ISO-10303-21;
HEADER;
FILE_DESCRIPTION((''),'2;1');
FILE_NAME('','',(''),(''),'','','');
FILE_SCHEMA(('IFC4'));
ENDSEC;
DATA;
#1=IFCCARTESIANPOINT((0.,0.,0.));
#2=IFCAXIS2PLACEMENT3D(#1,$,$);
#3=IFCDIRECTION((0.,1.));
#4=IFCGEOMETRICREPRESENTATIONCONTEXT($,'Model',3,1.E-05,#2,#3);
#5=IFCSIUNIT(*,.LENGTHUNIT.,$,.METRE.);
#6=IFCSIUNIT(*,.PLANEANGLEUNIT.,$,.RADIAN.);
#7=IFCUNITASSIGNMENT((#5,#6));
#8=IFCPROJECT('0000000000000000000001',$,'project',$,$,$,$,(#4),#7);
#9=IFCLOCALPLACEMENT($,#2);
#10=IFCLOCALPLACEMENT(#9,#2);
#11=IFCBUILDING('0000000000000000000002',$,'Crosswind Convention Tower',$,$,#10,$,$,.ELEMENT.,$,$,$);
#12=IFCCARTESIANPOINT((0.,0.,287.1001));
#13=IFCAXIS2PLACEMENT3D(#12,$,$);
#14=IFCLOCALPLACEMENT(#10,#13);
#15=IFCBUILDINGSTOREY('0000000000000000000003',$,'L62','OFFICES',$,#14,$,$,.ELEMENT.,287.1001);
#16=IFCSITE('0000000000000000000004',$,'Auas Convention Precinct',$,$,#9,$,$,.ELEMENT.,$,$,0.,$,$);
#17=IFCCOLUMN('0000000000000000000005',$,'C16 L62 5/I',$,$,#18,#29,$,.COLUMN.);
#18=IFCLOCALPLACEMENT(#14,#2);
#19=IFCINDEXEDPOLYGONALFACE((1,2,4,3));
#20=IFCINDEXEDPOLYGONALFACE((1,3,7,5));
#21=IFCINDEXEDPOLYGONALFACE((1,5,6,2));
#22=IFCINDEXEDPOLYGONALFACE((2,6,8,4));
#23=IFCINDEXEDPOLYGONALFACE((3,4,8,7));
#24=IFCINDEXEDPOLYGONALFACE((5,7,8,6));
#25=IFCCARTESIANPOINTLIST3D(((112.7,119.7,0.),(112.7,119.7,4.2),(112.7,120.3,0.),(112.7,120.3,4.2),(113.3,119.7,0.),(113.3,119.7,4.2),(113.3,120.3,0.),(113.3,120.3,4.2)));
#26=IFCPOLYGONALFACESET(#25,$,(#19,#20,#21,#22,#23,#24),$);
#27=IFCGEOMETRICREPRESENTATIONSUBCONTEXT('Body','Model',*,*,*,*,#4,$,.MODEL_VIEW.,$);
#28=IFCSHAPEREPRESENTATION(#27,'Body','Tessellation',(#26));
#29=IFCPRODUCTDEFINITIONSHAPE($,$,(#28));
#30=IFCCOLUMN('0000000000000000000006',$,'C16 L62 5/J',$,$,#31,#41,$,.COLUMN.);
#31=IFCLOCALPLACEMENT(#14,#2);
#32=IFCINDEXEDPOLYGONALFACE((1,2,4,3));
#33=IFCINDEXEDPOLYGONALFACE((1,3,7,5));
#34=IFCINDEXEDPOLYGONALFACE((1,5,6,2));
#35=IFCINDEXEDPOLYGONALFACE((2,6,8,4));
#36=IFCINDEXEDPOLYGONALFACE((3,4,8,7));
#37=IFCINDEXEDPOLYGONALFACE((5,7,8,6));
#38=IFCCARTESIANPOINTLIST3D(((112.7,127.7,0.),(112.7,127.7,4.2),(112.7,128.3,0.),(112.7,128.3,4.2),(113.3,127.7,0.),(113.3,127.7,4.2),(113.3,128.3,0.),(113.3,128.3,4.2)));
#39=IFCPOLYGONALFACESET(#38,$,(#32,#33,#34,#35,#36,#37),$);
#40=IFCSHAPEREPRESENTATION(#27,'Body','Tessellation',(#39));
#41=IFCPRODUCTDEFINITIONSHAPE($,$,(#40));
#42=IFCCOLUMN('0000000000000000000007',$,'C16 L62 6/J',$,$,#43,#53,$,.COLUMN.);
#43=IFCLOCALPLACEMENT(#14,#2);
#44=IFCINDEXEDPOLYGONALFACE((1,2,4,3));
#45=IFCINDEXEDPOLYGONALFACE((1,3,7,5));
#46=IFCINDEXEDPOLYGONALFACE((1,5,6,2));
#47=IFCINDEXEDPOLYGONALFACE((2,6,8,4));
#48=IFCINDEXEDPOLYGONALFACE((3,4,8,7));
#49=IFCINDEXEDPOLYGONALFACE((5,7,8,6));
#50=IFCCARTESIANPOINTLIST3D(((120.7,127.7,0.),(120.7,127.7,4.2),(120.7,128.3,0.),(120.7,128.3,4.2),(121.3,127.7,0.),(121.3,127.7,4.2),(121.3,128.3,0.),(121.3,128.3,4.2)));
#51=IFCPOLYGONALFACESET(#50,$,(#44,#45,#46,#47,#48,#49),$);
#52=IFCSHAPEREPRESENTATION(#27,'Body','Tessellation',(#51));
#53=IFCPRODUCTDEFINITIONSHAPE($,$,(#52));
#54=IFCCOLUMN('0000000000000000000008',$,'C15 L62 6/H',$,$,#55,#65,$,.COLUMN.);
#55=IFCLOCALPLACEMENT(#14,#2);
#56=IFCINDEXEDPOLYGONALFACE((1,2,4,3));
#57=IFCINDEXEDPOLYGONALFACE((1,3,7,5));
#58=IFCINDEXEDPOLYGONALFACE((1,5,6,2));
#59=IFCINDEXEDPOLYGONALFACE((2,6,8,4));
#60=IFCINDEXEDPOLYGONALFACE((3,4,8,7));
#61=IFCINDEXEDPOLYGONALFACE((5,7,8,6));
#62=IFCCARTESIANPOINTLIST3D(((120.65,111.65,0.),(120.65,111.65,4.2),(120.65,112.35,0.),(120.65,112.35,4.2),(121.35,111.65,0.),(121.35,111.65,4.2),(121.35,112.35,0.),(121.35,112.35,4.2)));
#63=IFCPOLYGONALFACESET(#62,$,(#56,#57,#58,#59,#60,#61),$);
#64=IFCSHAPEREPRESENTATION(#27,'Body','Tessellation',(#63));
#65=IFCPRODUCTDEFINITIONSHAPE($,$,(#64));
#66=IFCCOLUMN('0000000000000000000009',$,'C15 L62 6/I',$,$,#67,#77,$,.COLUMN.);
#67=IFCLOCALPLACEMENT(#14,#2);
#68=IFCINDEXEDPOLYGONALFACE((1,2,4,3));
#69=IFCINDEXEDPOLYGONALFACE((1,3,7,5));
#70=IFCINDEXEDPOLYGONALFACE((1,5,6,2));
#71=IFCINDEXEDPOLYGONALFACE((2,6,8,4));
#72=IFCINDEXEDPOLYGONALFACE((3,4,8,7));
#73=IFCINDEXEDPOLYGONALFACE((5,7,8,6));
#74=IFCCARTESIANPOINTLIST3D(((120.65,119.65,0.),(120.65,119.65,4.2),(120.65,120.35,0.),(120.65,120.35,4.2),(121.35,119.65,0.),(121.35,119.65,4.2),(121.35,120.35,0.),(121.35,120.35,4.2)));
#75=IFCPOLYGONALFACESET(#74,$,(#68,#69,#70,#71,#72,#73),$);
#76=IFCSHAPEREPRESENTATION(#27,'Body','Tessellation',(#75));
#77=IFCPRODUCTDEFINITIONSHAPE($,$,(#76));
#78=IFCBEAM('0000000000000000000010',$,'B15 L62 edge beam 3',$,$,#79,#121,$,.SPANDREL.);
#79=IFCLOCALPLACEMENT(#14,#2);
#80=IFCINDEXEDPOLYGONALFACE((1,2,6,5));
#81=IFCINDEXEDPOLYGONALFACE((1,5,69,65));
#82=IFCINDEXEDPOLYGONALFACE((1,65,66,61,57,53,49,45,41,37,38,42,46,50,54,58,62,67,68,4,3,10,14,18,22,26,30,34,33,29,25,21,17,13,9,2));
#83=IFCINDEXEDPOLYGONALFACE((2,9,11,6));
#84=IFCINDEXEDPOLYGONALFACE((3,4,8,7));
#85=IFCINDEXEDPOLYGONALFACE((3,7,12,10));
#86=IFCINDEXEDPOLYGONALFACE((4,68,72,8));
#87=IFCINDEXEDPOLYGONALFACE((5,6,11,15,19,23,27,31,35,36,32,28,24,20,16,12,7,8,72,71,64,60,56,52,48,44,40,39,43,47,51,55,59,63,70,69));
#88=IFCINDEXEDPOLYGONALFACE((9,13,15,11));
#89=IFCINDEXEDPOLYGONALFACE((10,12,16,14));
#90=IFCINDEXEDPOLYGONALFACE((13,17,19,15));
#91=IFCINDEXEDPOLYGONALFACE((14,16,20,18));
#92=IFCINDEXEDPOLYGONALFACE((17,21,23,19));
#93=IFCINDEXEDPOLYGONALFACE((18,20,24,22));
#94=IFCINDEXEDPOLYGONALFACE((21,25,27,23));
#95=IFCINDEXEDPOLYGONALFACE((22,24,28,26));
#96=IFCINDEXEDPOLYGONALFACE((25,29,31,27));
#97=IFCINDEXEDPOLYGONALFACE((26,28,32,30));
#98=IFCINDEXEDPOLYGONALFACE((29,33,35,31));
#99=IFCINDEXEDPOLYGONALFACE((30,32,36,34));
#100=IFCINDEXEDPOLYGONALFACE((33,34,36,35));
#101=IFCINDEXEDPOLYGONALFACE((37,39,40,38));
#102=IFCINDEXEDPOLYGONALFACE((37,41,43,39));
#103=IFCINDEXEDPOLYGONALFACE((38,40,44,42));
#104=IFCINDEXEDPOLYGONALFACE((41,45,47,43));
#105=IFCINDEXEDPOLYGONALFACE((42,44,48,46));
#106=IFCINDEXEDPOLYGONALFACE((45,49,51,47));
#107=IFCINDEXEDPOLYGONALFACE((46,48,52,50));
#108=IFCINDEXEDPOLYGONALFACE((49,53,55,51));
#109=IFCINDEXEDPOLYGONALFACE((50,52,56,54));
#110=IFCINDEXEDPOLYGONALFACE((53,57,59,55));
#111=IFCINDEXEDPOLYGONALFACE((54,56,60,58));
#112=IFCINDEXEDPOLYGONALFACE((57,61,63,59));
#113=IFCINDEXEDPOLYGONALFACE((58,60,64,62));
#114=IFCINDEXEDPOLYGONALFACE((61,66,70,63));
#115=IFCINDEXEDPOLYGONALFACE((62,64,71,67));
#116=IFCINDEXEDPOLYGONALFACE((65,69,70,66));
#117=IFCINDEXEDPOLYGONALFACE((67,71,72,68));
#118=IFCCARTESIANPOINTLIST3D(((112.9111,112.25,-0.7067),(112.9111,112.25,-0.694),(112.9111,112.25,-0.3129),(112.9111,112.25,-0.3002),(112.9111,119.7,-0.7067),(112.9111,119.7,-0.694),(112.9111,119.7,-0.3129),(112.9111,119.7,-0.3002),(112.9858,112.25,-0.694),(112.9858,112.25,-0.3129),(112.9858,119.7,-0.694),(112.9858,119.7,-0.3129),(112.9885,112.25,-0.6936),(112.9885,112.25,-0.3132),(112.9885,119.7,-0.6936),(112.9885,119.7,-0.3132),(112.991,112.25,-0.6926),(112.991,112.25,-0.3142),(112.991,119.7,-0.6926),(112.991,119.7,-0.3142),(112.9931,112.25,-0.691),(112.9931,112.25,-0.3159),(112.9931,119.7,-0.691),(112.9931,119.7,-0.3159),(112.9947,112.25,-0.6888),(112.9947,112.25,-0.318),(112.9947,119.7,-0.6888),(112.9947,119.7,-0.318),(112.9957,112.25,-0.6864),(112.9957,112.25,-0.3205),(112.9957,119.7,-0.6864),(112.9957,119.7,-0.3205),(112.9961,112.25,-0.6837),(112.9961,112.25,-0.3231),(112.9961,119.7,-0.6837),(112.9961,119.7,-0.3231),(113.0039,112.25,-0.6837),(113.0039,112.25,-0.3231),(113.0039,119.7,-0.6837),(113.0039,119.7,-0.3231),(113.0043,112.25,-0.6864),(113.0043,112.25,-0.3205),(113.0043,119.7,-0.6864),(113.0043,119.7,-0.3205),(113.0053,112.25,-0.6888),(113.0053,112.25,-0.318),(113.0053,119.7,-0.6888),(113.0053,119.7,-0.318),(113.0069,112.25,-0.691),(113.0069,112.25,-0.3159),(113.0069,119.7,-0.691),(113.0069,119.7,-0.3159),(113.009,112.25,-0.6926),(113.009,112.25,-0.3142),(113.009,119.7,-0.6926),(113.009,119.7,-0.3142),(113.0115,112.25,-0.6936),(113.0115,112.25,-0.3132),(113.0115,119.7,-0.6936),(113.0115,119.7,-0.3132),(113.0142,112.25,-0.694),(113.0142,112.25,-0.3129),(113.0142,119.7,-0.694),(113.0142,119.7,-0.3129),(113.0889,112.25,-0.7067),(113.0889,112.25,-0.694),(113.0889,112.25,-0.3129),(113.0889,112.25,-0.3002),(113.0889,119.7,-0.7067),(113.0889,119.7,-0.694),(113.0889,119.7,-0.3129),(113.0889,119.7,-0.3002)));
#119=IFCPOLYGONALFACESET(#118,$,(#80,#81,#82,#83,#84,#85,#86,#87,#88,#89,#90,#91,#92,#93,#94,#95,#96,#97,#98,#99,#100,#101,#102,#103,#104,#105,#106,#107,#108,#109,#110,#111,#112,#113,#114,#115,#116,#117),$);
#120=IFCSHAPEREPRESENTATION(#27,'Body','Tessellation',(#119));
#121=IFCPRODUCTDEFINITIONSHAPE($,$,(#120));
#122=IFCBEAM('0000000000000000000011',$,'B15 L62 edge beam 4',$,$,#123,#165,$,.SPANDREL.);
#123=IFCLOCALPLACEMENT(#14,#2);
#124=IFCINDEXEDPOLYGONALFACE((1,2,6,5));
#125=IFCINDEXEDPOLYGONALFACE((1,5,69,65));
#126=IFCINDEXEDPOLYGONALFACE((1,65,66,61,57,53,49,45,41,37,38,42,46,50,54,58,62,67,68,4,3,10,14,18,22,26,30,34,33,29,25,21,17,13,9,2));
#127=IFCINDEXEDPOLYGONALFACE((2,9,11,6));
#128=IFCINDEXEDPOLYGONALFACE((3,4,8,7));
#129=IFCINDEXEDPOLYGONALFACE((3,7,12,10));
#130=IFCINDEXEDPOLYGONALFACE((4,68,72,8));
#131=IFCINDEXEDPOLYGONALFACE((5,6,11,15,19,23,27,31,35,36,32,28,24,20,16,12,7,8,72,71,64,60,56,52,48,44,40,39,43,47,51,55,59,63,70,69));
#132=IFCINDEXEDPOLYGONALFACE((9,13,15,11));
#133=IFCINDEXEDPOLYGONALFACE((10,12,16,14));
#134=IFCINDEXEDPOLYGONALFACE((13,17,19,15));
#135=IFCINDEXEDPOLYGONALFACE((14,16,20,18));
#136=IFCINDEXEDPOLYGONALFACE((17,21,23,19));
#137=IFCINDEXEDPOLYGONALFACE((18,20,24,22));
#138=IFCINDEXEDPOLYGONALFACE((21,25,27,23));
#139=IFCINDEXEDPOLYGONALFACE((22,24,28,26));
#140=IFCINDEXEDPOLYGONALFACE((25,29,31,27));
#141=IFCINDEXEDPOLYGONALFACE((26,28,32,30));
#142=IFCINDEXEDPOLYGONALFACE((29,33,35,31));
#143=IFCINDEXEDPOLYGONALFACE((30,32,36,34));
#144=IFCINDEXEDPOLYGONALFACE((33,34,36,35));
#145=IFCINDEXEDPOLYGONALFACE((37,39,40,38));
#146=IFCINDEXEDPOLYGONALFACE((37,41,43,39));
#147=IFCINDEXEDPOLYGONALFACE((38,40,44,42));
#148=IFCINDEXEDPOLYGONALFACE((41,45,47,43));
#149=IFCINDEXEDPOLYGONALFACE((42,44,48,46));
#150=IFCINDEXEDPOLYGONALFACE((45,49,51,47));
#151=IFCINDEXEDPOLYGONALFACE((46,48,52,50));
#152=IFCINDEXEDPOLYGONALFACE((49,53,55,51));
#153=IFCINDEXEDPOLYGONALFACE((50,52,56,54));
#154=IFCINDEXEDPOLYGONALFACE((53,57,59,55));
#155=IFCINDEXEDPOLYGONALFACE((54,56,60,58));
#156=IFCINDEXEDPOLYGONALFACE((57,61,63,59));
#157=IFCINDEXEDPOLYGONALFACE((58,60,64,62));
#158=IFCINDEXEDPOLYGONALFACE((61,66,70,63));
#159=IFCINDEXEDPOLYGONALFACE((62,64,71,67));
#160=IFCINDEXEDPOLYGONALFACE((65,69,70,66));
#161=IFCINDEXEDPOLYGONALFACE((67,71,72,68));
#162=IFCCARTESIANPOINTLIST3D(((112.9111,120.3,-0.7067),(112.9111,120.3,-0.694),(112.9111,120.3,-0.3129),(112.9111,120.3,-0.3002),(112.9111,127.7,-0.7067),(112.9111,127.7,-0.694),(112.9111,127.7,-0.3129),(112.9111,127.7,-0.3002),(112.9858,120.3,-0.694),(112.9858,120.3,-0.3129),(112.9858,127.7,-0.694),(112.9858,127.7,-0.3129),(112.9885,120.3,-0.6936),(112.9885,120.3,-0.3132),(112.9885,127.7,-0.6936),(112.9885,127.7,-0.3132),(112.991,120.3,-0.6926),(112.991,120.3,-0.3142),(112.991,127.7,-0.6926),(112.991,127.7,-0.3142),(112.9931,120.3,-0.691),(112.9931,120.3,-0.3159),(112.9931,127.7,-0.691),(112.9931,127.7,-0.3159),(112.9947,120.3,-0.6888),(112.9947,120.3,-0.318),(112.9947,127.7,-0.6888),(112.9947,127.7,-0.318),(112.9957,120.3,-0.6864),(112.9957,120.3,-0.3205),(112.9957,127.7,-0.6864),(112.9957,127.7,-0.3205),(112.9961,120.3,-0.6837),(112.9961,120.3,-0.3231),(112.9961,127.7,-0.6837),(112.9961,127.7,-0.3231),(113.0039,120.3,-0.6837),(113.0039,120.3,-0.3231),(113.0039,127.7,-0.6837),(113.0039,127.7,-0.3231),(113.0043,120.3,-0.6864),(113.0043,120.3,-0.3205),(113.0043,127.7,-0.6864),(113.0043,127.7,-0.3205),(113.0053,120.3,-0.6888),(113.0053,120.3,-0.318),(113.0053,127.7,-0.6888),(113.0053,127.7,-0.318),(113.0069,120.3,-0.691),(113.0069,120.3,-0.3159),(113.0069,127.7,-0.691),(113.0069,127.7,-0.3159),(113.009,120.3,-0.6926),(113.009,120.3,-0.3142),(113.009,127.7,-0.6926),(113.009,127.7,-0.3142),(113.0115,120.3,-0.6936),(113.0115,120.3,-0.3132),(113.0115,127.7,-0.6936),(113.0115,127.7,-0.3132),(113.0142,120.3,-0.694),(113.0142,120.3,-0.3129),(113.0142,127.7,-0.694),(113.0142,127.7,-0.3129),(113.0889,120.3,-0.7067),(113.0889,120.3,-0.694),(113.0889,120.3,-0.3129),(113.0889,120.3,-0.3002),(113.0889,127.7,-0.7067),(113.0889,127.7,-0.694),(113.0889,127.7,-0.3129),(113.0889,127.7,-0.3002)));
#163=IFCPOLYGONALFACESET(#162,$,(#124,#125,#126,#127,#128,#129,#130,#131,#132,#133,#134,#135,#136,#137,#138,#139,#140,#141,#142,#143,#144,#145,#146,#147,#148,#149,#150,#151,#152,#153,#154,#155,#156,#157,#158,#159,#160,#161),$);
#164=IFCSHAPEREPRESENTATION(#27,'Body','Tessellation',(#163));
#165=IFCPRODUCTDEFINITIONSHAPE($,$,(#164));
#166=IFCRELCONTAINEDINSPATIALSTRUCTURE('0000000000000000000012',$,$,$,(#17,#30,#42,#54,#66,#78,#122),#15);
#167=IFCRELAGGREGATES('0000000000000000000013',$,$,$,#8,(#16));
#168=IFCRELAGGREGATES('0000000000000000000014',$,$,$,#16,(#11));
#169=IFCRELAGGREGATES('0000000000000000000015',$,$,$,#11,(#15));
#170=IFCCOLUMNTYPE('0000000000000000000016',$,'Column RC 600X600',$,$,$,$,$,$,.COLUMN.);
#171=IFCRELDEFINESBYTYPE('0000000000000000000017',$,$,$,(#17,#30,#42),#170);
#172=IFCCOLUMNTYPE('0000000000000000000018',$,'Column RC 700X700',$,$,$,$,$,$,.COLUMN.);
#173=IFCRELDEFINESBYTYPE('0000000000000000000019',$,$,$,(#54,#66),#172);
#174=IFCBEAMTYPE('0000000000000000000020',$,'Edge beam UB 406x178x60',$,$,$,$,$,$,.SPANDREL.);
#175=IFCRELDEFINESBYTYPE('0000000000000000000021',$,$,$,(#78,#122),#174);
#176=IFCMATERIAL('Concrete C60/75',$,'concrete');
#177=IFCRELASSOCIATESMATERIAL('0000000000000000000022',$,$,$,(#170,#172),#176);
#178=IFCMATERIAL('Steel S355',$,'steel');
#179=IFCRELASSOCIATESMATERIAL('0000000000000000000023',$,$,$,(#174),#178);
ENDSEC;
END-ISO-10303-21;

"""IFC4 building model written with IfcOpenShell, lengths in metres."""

from ifc_helpers import new_model, si_unit, direction, frame, origin, origin_2d, place, context, subcontext, project, spatial, rectangle, i_section, extrude, material, material_profile, profile_set, type_object, element, save


model = new_model("IFC4")

# Units and contexts
model_context = context("Model", 3, precision=1e-05, world=origin(), true_north=direction((0.0, 1.0)))
body_context = subcontext(model_context, "Body", "Model", "MODEL_VIEW")
ifc_project = project(units=[si_unit("LENGTHUNIT", "METRE"), si_unit("PLANEANGLEUNIT", "RADIAN")], contexts=[model_context])

# Site, building, storey
site_placement = place(None, origin())
site = spatial("IfcSite", under=ifc_project, at=site_placement, Name="Auas Convention Precinct", CompositionType="ELEMENT", RefElevation=0.0)
building_placement = place(site_placement, origin())
building = spatial("IfcBuilding", under=site, at=building_placement, Name="Crosswind Convention Tower", CompositionType="ELEMENT")
storey_placement = place(building_placement, frame((0.0, 0.0, 287.1001)))
storey = spatial("IfcBuildingStorey", under=building, at=storey_placement, Name="L62", Description="OFFICES", CompositionType="ELEMENT", Elevation=287.1001)

# Columns
ifc_material_1 = material(Name="Concrete C60/75", Category="concrete")
ifc_material_profile_1 = material_profile(ifc_material_1, rectangle(XDim=0.6001, YDim=0.6001, at=origin_2d()), Name="RC 600X600")
ifc_profile_set_1 = profile_set([ifc_material_profile_1], Name="Concrete C60/75")
column_type_1 = type_object("IfcColumnType", Name="Column RC 600X600", PredefinedType="COLUMN", material=ifc_profile_set_1)
for number, where, z_axis, x_axis, name in (
    (1, (113.0, 120.0, 0.0), (0.0, 0.0, 1.0), (1.0, 0.0, 0.0), "C16 L62 5/I"),
    (2, (113.0, 128.0, 0.0), (0.0, 0.0, 1.0), (1.0, 0.0, 0.0), "C16 L62 5/J"),
    (3, (121.0, 128.0, 0.0), (0.0, 0.0, 1.0), (1.0, 0.0, 0.0), "C16 L62 6/J"),
):
    element("IfcColumn", number, at=place(storey_placement, frame(where, z_axis=z_axis, x_axis=x_axis)), inside=storey, type_object=column_type_1, Name=name, PredefinedType="COLUMN", context=body_context, shape_type="SweptSolid", body=[
        extrude(rectangle(XDim=0.6001, YDim=0.6001, at=origin_2d()), origin(), (0.0, 0.0, 1.0), 4.2),
    ])
ifc_material_profile_2 = material_profile(ifc_material_1, rectangle(XDim=0.7, YDim=0.7, at=origin_2d()), Name="RC 700X700")
ifc_profile_set_2 = profile_set([ifc_material_profile_2], Name="Concrete C60/75")
column_type_2 = type_object("IfcColumnType", Name="Column RC 700X700", PredefinedType="COLUMN", material=ifc_profile_set_2)
for number, where, z_axis, x_axis, name in (
    (4, (121.0, 112.0, 0.0), (0.0, 0.0, 1.0), (1.0, 0.0, 0.0), "C15 L62 6/H"),
    (5, (121.0, 120.0, 0.0), (0.0, 0.0, 1.0), (1.0, 0.0, 0.0), "C15 L62 6/I"),
):
    element("IfcColumn", number, at=place(storey_placement, frame(where, z_axis=z_axis, x_axis=x_axis)), inside=storey, type_object=column_type_2, Name=name, PredefinedType="COLUMN", context=body_context, shape_type="SweptSolid", body=[
        extrude(rectangle(XDim=0.7, YDim=0.7, at=origin_2d()), origin(), (0.0, 0.0, 1.0), 4.2),
    ])

# Beams
ifc_material_2 = material(Name="Steel S355", Category="steel")
ifc_material_profile_3 = material_profile(ifc_material_2, i_section(OverallWidth=0.1777, OverallDepth=0.4065, WebThickness=0.0078, FlangeThickness=0.0127, FilletRadius=0.0103, at=origin_2d()), Name="UB 406x178x60")
ifc_profile_set_3 = profile_set([ifc_material_profile_3], Name="Steel S355")
beam_type_1 = type_object("IfcBeamType", Name="Edge beam UB 406x178x60", PredefinedType="SPANDREL", material=ifc_profile_set_3)
beam_1_placement = place(storey_placement, frame((113.0, 112.25, -0.5034), z_axis=(0.0, 1.0, 0.0), x_axis=(-1.0, 0.0, 0.0)))
element("IfcBeam", 6, at=beam_1_placement, inside=storey, type_object=beam_type_1, Name="B15 L62 edge beam 3", PredefinedType="SPANDREL", context=body_context, shape_type="SweptSolid", body=[
    extrude(i_section(OverallWidth=0.1777, OverallDepth=0.4065, WebThickness=0.0078, FlangeThickness=0.0127, FilletRadius=0.0103, at=origin_2d()), origin(), (0.0, 0.0, 1.0), 7.45),
])
for number, where, z_axis, x_axis, name in (
    (7, (113.0, 120.3, -0.5034), (0.0, 1.0, 0.0), (-1.0, 0.0, 0.0), "B15 L62 edge beam 4"),
):
    element("IfcBeam", number, at=place(storey_placement, frame(where, z_axis=z_axis, x_axis=x_axis)), inside=storey, type_object=beam_type_1, Name=name, PredefinedType="SPANDREL", context=body_context, shape_type="SweptSolid", body=[
        extrude(i_section(OverallWidth=0.1777, OverallDepth=0.4065, WebThickness=0.0078, FlangeThickness=0.0127, FilletRadius=0.0103, at=origin_2d()), origin(), (0.0, 0.0, 1.0), 7.3999),
    ])

save(model, "model.ifc")
